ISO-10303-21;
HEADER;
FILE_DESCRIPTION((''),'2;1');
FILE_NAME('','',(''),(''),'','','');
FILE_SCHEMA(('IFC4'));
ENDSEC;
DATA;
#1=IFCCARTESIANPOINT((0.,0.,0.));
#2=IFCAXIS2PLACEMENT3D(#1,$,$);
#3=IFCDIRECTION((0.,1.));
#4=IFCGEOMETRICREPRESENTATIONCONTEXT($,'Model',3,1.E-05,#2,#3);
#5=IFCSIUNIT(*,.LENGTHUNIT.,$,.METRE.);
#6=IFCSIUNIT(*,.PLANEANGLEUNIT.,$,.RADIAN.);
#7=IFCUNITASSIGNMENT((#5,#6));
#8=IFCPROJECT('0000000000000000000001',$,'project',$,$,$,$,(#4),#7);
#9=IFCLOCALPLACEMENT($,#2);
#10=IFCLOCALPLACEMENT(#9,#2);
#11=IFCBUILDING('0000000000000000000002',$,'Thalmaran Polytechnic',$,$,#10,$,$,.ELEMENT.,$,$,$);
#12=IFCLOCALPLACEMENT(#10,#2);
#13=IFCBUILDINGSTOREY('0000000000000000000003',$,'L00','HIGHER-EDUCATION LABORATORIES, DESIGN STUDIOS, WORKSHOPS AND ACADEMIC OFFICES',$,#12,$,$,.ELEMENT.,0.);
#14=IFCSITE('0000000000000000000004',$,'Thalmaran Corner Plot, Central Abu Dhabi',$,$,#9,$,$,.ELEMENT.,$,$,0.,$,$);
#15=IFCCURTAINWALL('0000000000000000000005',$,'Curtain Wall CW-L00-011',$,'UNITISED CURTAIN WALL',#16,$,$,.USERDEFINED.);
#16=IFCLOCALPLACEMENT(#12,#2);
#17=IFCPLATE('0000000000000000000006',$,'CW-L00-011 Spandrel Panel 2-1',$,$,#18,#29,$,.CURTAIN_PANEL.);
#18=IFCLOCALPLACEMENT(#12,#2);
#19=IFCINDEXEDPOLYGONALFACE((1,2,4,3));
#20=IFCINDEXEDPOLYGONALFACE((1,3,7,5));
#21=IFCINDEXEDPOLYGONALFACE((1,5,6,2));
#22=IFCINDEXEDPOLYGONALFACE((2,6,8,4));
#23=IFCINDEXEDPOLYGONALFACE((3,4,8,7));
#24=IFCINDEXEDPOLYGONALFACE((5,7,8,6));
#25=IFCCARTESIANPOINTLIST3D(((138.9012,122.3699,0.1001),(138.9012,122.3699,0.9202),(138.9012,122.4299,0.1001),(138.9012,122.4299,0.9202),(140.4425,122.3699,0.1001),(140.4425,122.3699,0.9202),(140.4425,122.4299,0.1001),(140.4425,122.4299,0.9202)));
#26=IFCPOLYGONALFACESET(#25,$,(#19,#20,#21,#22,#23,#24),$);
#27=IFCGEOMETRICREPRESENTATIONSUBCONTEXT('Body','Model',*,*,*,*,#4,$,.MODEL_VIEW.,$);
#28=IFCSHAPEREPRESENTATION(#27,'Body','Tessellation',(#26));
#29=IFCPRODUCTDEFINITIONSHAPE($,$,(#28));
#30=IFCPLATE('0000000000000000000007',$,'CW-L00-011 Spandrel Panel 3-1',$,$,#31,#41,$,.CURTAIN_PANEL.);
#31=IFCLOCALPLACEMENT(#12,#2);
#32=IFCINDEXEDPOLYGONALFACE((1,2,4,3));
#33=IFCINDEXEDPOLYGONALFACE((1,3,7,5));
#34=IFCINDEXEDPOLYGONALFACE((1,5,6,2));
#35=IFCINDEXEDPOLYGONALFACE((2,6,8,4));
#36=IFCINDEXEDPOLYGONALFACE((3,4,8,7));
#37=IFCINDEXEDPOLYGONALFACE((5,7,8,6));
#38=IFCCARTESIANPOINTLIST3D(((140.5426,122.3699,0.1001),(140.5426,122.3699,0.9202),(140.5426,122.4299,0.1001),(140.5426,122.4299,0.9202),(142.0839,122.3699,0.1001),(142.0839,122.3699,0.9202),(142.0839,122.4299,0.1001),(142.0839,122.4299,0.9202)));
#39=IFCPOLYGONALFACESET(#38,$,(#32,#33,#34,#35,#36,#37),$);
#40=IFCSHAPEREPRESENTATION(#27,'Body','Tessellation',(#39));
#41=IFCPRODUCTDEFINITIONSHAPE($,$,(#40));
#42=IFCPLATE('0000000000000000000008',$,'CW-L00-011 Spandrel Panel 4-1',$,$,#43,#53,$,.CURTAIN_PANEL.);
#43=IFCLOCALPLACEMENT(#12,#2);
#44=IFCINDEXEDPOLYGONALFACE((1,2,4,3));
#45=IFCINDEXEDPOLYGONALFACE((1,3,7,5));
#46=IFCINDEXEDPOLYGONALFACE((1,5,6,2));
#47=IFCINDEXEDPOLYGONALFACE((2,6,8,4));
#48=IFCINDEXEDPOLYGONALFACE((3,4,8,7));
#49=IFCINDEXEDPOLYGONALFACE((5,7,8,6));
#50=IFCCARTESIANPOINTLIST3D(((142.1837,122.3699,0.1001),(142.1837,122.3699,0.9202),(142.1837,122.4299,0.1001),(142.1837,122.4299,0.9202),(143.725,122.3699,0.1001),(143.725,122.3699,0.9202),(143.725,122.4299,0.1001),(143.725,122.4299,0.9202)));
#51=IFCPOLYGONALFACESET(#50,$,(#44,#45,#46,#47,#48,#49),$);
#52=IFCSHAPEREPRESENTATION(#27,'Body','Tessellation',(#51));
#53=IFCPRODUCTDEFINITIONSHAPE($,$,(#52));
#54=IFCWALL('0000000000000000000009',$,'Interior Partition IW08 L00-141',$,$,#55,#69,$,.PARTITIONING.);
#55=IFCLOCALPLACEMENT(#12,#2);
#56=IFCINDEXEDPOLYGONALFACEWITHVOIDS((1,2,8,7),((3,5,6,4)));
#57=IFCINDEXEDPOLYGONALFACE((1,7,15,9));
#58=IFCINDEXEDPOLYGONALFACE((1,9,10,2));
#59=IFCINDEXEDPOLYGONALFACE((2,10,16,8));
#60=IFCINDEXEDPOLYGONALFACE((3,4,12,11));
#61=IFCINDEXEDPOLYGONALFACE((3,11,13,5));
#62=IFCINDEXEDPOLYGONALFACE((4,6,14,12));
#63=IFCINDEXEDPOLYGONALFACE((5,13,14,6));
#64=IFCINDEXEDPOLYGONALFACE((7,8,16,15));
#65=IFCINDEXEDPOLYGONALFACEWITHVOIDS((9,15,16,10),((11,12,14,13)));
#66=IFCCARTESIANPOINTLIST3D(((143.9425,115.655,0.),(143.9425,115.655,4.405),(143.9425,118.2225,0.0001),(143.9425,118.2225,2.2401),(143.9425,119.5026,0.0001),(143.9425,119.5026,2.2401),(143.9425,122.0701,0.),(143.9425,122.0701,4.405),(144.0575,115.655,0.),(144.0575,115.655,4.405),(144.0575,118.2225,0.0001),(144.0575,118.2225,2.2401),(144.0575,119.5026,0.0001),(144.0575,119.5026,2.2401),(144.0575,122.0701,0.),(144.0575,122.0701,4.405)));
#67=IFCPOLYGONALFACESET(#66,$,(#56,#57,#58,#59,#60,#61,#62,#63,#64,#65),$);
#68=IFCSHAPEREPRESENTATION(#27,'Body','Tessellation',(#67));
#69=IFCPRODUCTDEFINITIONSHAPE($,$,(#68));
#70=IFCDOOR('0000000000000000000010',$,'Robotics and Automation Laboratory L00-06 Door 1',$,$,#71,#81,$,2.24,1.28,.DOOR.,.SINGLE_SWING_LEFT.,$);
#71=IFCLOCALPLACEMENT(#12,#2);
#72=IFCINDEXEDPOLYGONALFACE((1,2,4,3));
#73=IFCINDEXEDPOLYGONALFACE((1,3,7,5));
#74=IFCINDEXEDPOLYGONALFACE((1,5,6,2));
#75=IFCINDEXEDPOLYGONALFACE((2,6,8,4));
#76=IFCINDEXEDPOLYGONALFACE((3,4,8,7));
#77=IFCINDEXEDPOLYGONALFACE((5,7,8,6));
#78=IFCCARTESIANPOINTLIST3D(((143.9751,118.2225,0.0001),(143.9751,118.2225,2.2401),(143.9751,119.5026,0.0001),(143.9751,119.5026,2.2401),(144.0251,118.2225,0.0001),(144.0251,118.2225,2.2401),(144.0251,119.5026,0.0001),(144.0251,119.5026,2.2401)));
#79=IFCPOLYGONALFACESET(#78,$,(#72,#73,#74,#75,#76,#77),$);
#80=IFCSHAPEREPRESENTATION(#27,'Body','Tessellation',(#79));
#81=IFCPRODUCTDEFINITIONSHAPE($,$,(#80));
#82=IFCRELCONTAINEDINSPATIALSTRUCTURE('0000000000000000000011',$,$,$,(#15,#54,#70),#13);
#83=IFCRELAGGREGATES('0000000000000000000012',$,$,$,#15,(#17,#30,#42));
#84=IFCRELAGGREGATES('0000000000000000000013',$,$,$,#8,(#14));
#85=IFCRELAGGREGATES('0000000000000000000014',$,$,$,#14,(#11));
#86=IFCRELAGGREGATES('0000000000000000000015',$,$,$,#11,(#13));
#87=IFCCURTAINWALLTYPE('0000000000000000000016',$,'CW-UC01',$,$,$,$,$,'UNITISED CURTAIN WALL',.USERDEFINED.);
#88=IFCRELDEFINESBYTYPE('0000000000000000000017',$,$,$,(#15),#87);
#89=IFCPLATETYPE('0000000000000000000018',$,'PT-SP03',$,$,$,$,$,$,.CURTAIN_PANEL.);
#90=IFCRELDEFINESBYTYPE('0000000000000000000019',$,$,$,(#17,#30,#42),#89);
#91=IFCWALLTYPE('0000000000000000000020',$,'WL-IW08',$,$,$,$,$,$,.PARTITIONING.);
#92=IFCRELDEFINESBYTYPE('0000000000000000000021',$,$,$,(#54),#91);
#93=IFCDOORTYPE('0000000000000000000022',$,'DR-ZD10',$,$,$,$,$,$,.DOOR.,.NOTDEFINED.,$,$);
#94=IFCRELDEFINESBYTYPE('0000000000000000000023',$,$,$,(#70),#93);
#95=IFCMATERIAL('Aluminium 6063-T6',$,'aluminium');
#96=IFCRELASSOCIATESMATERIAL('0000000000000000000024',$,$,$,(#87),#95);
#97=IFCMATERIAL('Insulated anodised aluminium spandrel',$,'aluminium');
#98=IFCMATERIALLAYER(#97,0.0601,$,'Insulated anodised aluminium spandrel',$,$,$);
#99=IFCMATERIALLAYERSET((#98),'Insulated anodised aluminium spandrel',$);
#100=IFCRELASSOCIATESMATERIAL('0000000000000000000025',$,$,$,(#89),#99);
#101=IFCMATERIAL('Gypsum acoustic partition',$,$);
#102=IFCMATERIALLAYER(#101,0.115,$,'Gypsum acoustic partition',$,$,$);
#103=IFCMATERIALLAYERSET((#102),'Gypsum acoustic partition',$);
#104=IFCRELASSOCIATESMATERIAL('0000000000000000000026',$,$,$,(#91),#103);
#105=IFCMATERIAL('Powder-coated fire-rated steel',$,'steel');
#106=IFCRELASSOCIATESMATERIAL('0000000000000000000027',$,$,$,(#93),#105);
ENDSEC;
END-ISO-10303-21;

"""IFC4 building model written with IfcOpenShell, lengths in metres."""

from ifc_helpers import new_model, si_unit, direction, frame, frame_2d, origin, origin_2d, place, context, subcontext, project, spatial, rectangle, extrude, material, layer, layer_set, type_object, element, fill, aggregate, save


model = new_model("IFC4")

# Units and contexts
model_context = context("Model", 3, precision=1e-05, world=origin(), true_north=direction((0.0, 1.0)))
body_context = subcontext(model_context, "Body", "Model", "MODEL_VIEW")
ifc_project = project(units=[si_unit("LENGTHUNIT", "METRE"), si_unit("PLANEANGLEUNIT", "RADIAN")], contexts=[model_context])

# Site, building, storey
site_placement = place(None, origin())
site = spatial("IfcSite", under=ifc_project, at=site_placement, Name="Thalmaran Corner Plot, Central Abu Dhabi", CompositionType="ELEMENT", RefElevation=0.0)
building_placement = place(site_placement, origin())
building = spatial("IfcBuilding", under=site, at=building_placement, Name="Thalmaran Polytechnic", CompositionType="ELEMENT")
storey_placement = place(building_placement, origin())
storey = spatial("IfcBuildingStorey", under=building, at=storey_placement, Name="L00", Description="HIGHER-EDUCATION LABORATORIES, DESIGN STUDIOS, WORKSHOPS AND ACADEMIC OFFICES", CompositionType="ELEMENT", Elevation=0.0)

# Curtain wall
ifc_material_1 = material(Name="Aluminium 6063-T6", Category="aluminium")
curtain_wall_type = type_object("IfcCurtainWallType", Name="CW-UC01", ElementType="UNITISED CURTAIN WALL", PredefinedType="USERDEFINED", material=ifc_material_1)
curtain_wall_placement = place(storey_placement, origin())
curtain_wall = element("IfcCurtainWall", 1, at=curtain_wall_placement, inside=storey, type_object=curtain_wall_type, Name="Curtain Wall CW-L00-011", ObjectType="UNITISED CURTAIN WALL", PredefinedType="USERDEFINED")

# Plates
ifc_material_2 = material(Name="Insulated anodised aluminium spandrel", Category="aluminium")
ifc_layer_1 = layer(ifc_material_2, 0.0601, Name="Insulated anodised aluminium spandrel")
ifc_layer_set_1 = layer_set([ifc_layer_1], Name="Insulated anodised aluminium spandrel")
plate_type_1 = type_object("IfcPlateType", Name="PT-SP03", PredefinedType="CURTAIN_PANEL", material=ifc_layer_set_1)
plate_1_placement = place(storey_placement, frame((139.6719, 122.3999, 0.1001), z_axis=(0.0, 0.0, 1.0), x_axis=(1.0, 0.0, 0.0)))
plate_1 = element("IfcPlate", 2, at=plate_1_placement, type_object=plate_type_1, Name="CW-L00-011 Spandrel Panel 2-1", PredefinedType="CURTAIN_PANEL", context=body_context, shape_type="SweptSolid", body=[
    extrude(rectangle(XDim=1.5413, YDim=0.0601, at=origin_2d()), origin(), (0.0, 0.0, 1.0), 0.8201),
])
plate_2_placement = place(storey_placement, frame((141.3132, 122.3999, 0.1001), z_axis=(0.0, 0.0, 1.0), x_axis=(1.0, 0.0, 0.0)))
plate_2 = element("IfcPlate", 3, at=plate_2_placement, type_object=plate_type_1, Name="CW-L00-011 Spandrel Panel 3-1", PredefinedType="CURTAIN_PANEL", context=body_context, shape_type="SweptSolid", body=[
    extrude(rectangle(XDim=1.5413, YDim=0.0601, at=origin_2d()), origin(), (0.0, 0.0, 1.0), 0.8201),
])
plate_3_placement = place(storey_placement, frame((142.9543, 122.3999, 0.1001), z_axis=(0.0, 0.0, 1.0), x_axis=(1.0, 0.0, 0.0)))
plate_3 = element("IfcPlate", 4, at=plate_3_placement, type_object=plate_type_1, Name="CW-L00-011 Spandrel Panel 4-1", PredefinedType="CURTAIN_PANEL", context=body_context, shape_type="SweptSolid", body=[
    extrude(rectangle(XDim=1.5413, YDim=0.0601, at=origin_2d()), origin(), (0.0, 0.0, 1.0), 0.8201),
])
aggregate(curtain_wall, [plate_1, plate_2, plate_3])

# Wall, opening, door
ifc_material_3 = material(Name="Gypsum acoustic partition")
ifc_layer_2 = layer(ifc_material_3, 0.115, Name="Gypsum acoustic partition")
ifc_layer_set_2 = layer_set([ifc_layer_2], Name="Gypsum acoustic partition")
wall_type_1 = type_object("IfcWallType", Name="WL-IW08", PredefinedType="PARTITIONING", material=ifc_layer_set_2)
wall_1_placement = place(storey_placement, frame((144.0, 115.655, 0.0), z_axis=(0.0, 0.0, 1.0), x_axis=(0.0, 1.0, 0.0)))
wall_1 = element("IfcWall", 5, at=wall_1_placement, inside=storey, type_object=wall_type_1, Name="Interior Partition IW08 L00-141", PredefinedType="PARTITIONING", context=body_context, shape_type="SweptSolid", body=[
    extrude(rectangle(XDim=6.415, YDim=0.115, at=frame_2d((3.2075, 0.0))), origin(), (0.0, 0.0, 1.0), 4.405),
])
opening_1_placement = place(wall_1_placement, frame((2.5674, 0.0, 0.0)))
opening_1 = element("IfcOpeningElement", 6, at=opening_1_placement, cuts=wall_1, PredefinedType="OPENING", context=body_context, shape_type="SweptSolid", body=[
    extrude(rectangle(XDim=1.28, YDim=2.24, at=frame_2d((0.6401, 1.1201))), frame((0.0, 0.0674, 0.0), z_axis=(0.0, -1.0, 0.0), x_axis=(1.0, 0.0, 0.0)), (0.0, 0.0, 1.0), 0.135),
])
ifc_material_4 = material(Name="Powder-coated fire-rated steel", Category="steel")
door_type_1 = type_object("IfcDoorType", Name="DR-ZD10", OperationType="NOTDEFINED", PredefinedType="DOOR", material=ifc_material_4)
door_1_placement = place(opening_1_placement, origin())
door_1 = element("IfcDoor", 7, at=door_1_placement, inside=storey, type_object=door_type_1, Name="Robotics and Automation Laboratory L00-06 Door 1", OperationType="SINGLE_SWING_LEFT", OverallHeight=2.24, OverallWidth=1.28, PredefinedType="DOOR", context=body_context, shape_type="SweptSolid", body=[
    extrude(rectangle(XDim=1.28, YDim=2.24, at=frame_2d((0.6401, 1.1201))), frame((0.0, 0.0249, 0.0), z_axis=(0.0, -1.0, 0.0), x_axis=(1.0, 0.0, 0.0)), (0.0, 0.0, 1.0), 0.05),
])
fill(opening_1, door_1)

save(model, "model.ifc")
